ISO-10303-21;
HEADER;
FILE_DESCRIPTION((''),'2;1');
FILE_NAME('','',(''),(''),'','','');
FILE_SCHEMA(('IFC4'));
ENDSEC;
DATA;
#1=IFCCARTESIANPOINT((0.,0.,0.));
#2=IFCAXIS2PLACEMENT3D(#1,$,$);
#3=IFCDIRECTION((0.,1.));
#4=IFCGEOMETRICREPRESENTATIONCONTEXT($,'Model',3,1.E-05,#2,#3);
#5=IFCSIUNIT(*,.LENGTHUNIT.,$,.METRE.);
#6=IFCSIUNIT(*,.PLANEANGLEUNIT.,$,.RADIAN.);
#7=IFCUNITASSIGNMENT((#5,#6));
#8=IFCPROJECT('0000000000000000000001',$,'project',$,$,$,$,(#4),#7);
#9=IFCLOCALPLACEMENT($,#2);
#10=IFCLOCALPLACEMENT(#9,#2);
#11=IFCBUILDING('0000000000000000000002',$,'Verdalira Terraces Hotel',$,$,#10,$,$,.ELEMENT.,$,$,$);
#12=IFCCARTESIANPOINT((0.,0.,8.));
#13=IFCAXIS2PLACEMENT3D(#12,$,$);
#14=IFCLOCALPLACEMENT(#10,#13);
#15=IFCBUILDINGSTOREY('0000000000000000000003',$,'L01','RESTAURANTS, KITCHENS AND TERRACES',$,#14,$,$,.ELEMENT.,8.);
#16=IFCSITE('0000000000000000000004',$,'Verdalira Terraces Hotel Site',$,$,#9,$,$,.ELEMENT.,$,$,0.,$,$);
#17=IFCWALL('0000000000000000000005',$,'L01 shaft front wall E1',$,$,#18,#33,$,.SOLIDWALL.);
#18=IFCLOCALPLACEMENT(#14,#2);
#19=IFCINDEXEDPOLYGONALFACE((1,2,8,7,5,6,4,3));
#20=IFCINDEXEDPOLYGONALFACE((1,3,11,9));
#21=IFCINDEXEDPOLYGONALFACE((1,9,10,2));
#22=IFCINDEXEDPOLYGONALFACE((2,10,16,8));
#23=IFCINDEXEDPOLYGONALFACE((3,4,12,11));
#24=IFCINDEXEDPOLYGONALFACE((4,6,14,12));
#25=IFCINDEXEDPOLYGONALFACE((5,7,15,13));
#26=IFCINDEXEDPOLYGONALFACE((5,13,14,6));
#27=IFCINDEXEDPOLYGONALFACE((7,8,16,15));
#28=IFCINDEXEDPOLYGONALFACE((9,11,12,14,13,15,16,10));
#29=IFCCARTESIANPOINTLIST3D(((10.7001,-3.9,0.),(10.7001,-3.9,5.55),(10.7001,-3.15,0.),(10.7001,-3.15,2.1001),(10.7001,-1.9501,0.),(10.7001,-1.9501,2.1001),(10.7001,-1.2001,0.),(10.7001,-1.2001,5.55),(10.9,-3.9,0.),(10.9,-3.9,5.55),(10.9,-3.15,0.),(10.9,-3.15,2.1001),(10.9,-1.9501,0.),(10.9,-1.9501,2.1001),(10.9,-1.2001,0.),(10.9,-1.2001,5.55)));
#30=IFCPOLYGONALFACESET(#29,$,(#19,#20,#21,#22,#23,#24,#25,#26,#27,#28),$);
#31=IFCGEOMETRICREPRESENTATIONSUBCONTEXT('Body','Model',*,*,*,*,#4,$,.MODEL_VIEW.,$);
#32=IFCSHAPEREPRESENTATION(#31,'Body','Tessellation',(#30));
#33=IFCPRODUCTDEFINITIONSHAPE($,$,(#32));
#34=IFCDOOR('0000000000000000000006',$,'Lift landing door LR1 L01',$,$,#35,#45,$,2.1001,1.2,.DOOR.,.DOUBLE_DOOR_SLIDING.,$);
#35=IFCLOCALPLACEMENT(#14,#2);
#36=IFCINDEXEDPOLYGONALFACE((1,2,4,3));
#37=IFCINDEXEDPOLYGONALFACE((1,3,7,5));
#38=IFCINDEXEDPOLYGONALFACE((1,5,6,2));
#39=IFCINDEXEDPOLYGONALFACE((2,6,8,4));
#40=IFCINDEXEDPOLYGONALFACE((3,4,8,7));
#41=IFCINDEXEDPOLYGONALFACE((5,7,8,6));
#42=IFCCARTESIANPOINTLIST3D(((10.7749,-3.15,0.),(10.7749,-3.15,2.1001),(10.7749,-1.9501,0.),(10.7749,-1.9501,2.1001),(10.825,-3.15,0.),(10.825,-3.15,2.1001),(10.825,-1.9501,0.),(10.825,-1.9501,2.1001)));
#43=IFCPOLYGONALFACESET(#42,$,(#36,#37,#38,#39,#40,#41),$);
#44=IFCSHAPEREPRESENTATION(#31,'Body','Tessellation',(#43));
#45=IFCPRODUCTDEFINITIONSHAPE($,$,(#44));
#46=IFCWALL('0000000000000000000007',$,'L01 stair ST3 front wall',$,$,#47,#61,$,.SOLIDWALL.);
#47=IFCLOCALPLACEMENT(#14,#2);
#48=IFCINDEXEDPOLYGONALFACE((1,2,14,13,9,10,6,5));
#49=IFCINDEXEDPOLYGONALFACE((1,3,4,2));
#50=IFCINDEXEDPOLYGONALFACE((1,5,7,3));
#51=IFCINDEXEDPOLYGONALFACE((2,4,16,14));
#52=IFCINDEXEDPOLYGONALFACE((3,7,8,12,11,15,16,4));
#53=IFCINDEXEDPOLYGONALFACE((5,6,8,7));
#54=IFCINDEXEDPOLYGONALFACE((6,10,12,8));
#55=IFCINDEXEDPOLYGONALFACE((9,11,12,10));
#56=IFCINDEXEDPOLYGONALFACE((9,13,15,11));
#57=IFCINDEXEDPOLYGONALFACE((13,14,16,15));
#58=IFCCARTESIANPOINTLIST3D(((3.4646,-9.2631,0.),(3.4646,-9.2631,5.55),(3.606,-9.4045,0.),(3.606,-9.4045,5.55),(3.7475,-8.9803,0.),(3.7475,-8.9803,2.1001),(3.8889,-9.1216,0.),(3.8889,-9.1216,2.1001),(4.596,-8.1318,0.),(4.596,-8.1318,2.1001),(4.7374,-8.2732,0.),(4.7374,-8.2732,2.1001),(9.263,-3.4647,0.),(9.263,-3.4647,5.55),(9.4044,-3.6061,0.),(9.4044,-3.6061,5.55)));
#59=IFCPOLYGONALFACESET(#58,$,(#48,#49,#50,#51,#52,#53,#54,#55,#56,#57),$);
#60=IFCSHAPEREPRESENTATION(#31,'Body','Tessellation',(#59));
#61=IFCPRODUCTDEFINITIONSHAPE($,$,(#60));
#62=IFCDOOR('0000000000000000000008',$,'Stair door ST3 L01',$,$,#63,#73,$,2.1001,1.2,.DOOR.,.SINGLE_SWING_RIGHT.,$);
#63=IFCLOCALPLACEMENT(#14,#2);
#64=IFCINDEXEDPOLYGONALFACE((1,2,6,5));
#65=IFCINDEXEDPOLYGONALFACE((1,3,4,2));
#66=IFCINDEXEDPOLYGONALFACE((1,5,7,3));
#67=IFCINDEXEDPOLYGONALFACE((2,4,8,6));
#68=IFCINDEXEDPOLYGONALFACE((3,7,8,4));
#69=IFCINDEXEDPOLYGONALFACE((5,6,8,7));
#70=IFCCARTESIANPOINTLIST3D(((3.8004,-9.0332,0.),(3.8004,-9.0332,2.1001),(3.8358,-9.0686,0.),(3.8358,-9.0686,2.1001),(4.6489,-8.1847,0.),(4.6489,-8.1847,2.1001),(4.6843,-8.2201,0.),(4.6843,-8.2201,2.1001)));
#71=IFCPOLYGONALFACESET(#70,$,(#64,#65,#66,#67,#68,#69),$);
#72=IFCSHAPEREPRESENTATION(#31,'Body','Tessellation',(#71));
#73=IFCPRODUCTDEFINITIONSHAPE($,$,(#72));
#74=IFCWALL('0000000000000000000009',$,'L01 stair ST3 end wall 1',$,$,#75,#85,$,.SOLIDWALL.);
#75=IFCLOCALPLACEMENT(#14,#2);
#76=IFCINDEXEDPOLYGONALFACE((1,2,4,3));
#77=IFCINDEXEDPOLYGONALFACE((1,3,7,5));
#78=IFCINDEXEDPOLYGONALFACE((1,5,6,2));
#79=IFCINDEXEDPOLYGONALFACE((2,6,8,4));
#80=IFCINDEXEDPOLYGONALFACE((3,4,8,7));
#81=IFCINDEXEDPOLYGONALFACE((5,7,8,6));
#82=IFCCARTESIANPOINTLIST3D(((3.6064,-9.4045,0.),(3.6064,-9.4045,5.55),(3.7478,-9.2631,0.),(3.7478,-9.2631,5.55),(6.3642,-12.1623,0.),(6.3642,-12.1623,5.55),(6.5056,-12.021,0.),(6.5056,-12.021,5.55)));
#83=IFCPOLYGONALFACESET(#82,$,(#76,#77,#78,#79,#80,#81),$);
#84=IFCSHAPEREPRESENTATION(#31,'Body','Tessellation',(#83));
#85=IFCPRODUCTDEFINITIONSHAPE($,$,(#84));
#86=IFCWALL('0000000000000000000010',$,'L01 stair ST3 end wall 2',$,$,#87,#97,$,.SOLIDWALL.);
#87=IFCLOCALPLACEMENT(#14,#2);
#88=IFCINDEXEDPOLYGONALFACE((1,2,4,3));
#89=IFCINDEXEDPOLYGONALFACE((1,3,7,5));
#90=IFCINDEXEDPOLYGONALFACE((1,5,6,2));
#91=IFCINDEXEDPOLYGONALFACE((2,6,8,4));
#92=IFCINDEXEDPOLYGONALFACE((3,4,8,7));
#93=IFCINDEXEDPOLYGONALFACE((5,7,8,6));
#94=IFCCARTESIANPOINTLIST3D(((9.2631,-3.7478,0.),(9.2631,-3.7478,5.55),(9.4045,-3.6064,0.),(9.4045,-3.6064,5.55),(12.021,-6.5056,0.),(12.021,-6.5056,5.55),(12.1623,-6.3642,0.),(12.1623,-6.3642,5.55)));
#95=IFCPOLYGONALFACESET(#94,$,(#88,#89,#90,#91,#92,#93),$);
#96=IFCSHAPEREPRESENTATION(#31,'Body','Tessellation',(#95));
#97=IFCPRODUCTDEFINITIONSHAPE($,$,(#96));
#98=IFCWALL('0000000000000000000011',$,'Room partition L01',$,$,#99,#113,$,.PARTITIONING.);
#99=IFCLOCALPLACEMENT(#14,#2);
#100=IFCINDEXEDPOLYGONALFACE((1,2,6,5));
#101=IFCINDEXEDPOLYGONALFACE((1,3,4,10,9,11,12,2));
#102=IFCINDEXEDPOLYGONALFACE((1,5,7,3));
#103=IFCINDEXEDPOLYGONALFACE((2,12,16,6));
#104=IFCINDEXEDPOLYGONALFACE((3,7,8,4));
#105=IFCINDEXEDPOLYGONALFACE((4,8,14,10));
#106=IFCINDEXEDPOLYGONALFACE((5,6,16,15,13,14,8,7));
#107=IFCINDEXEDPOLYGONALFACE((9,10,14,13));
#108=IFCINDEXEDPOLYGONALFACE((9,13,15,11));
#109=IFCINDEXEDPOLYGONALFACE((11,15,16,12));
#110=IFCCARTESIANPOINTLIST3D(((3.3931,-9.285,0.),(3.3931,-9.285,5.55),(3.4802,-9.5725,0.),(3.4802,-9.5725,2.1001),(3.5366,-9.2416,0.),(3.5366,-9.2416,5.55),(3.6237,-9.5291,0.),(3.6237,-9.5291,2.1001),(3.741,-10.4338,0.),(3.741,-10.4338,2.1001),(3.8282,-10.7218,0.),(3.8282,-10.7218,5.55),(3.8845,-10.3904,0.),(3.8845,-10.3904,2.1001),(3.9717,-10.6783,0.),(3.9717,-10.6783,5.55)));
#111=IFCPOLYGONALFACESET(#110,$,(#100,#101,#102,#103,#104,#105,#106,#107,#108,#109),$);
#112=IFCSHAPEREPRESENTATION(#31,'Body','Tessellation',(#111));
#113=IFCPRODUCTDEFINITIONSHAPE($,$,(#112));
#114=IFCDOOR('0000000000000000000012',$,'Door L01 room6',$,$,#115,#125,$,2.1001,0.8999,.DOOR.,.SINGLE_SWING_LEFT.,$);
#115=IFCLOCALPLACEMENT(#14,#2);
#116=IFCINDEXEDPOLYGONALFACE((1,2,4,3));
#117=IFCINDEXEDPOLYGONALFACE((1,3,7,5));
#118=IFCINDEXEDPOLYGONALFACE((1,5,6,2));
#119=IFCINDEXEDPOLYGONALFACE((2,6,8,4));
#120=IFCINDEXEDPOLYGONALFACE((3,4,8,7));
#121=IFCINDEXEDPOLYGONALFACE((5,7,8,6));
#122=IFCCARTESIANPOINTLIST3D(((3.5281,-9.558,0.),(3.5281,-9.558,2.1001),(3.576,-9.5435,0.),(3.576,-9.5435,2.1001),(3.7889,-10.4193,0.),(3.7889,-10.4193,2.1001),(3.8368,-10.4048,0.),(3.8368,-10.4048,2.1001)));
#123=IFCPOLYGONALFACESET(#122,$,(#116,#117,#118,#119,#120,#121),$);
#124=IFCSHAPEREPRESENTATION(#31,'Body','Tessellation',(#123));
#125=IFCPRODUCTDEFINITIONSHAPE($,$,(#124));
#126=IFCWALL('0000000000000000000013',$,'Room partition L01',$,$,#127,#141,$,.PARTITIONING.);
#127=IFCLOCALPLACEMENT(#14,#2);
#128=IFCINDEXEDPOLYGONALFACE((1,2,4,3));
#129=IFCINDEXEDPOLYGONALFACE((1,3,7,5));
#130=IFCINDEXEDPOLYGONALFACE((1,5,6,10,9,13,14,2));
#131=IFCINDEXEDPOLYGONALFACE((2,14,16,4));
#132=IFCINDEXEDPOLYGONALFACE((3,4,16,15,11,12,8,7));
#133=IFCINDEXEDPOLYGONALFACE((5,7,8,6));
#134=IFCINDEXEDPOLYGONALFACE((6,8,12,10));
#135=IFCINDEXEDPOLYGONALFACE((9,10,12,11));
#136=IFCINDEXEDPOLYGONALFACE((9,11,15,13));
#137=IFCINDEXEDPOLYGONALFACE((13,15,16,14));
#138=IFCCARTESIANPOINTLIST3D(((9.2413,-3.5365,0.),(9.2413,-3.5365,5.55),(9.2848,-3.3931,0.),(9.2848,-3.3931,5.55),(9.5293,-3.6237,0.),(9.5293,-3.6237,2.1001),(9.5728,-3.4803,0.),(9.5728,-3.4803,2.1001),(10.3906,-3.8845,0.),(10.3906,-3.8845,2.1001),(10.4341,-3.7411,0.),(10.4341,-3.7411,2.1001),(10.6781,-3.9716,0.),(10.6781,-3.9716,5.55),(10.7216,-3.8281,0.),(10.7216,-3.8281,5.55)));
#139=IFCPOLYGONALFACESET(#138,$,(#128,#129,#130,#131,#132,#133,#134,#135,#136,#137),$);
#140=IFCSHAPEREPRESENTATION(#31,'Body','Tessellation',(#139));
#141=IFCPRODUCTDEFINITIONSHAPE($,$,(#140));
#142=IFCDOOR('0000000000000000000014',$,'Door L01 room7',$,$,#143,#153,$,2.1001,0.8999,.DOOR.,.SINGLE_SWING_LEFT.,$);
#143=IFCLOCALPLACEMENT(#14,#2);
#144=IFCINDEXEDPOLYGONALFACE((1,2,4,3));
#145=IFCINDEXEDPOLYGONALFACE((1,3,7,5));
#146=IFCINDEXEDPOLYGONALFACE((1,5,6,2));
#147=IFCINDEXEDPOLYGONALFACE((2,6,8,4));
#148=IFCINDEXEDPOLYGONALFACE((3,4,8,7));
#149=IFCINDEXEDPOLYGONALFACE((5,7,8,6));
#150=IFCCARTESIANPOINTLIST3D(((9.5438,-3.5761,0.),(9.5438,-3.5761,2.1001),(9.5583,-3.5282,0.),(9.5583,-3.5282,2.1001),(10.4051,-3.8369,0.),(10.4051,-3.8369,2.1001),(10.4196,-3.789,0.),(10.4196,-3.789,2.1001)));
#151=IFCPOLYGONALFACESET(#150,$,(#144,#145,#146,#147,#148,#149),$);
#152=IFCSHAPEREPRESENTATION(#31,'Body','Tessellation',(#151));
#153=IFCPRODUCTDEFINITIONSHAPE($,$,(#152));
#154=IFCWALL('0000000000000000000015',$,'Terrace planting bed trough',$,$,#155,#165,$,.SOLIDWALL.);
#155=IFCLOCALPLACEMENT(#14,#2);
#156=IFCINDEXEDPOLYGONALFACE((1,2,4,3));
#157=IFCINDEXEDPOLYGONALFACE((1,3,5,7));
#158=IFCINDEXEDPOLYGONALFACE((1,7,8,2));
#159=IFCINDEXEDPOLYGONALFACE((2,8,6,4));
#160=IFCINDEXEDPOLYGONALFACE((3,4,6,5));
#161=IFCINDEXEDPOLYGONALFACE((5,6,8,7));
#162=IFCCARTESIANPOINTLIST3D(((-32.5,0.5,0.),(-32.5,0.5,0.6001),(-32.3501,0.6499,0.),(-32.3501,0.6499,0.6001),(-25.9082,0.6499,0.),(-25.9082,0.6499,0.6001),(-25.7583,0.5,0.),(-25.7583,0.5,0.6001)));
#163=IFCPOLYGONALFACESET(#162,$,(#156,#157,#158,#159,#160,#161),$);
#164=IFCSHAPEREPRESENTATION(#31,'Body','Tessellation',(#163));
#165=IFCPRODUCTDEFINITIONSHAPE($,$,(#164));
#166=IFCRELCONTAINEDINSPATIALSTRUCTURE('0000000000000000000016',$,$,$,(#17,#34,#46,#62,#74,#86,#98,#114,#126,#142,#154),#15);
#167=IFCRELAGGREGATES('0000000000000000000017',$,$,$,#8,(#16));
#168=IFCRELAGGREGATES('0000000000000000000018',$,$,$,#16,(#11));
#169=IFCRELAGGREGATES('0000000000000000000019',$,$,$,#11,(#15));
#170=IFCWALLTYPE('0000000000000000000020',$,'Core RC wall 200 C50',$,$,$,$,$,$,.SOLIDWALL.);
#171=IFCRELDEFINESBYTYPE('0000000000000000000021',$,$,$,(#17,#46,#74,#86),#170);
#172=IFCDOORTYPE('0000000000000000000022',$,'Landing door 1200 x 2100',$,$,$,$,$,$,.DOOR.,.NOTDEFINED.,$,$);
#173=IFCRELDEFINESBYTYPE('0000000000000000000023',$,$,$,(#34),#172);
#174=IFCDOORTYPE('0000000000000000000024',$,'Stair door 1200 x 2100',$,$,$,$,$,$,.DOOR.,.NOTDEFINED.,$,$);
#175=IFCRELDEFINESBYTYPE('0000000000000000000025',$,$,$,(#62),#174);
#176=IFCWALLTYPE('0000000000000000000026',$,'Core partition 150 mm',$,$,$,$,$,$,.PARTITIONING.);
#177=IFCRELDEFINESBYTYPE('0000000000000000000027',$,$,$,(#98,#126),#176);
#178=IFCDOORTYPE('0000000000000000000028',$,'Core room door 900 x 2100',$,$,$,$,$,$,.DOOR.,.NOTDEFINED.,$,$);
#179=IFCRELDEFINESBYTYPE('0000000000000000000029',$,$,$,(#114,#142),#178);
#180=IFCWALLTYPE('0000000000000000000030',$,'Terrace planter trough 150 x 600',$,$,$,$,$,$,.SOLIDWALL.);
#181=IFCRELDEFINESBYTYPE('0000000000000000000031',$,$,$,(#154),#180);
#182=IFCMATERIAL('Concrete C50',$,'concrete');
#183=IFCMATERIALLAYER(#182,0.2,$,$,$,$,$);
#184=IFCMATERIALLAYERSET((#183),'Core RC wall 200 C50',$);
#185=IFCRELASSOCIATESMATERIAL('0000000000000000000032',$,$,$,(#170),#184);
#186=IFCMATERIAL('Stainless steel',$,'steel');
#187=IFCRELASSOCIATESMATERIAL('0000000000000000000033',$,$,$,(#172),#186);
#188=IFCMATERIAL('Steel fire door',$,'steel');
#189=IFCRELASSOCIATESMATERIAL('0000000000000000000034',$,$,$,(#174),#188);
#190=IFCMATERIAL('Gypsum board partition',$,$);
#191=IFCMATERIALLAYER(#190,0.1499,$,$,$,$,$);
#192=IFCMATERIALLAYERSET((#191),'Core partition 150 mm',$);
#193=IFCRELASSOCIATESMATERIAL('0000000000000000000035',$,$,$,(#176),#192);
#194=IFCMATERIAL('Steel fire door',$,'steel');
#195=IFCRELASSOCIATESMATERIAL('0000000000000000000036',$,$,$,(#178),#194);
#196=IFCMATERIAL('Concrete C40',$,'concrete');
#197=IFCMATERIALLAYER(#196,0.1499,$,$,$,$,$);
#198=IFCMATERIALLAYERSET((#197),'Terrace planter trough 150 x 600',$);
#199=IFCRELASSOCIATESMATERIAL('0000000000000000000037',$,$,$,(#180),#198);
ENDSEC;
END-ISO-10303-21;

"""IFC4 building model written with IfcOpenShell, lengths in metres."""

from ifc_helpers import new_model, si_unit, direction, frame, frame_2d, origin, place, context, subcontext, project, spatial, polyline, rectangle, outline, extrude, material, layer, layer_set, type_object, element, fill, save


model = new_model("IFC4")

# Units and contexts
model_context = context("Model", 3, precision=1e-05, world=origin(), true_north=direction((0.0, 1.0)))
body_context = subcontext(model_context, "Body", "Model", "MODEL_VIEW")
ifc_project = project(units=[si_unit("LENGTHUNIT", "METRE"), si_unit("PLANEANGLEUNIT", "RADIAN")], contexts=[model_context])

# Site, building, storey
site_placement = place(None, origin())
site = spatial("IfcSite", under=ifc_project, at=site_placement, Name="Verdalira Terraces Hotel Site", CompositionType="ELEMENT", RefElevation=0.0)
building_placement = place(site_placement, origin())
building = spatial("IfcBuilding", under=site, at=building_placement, Name="Verdalira Terraces Hotel", CompositionType="ELEMENT")
storey_placement = place(building_placement, frame((0.0, 0.0, 8.0)))
storey = spatial("IfcBuildingStorey", under=building, at=storey_placement, Name="L01", Description="RESTAURANTS, KITCHENS AND TERRACES", CompositionType="ELEMENT", Elevation=8.0)

# Walls, openings, doors
ifc_material_1 = material(Name="Concrete C50", Category="concrete")
ifc_layer_1 = layer(ifc_material_1, 0.2)
ifc_layer_set_1 = layer_set([ifc_layer_1], Name="Core RC wall 200 C50")
wall_type_1 = type_object("IfcWallType", Name="Core RC wall 200 C50", PredefinedType="SOLIDWALL", material=ifc_layer_set_1)
wall_1_placement = place(storey_placement, frame((10.8, -1.2, 0.0), z_axis=(0.0, 0.0, 1.0), x_axis=(0.0, -1.0, 0.0)))
wall_1 = element("IfcWall", 1, at=wall_1_placement, inside=storey, type_object=wall_type_1, Name="L01 shaft front wall E1", PredefinedType="SOLIDWALL", context=body_context, shape_type="SweptSolid", body=[
    extrude(rectangle(XDim=2.7, YDim=0.2, at=frame_2d((1.3501, 0.0))), origin(), (0.0, 0.0, 1.0), 5.55),
])
opening_1_placement = place(wall_1_placement, frame((0.75, 0.0, 0.0)))
opening_1 = element("IfcOpeningElement", 2, at=opening_1_placement, cuts=wall_1, PredefinedType="OPENING", context=body_context, shape_type="SweptSolid", body=[
    extrude(rectangle(XDim=1.2, YDim=2.1001, at=frame_2d((0.6001, 1.05))), frame((0.0, 0.1099, 0.0), z_axis=(0.0, -1.0, 0.0), x_axis=(1.0, 0.0, 0.0)), (0.0, 0.0, 1.0), 0.22),
])
ifc_material_2 = material(Name="Stainless steel", Category="steel")
door_type_1 = type_object("IfcDoorType", Name="Landing door 1200 x 2100", OperationType="NOTDEFINED", PredefinedType="DOOR", material=ifc_material_2)
door_1_placement = place(opening_1_placement, origin())
door_1 = element("IfcDoor", 3, at=door_1_placement, inside=storey, type_object=door_type_1, Name="Lift landing door LR1 L01", OperationType="DOUBLE_DOOR_SLIDING", OverallHeight=2.1001, OverallWidth=1.2, PredefinedType="DOOR", context=body_context, shape_type="SweptSolid", body=[
    extrude(rectangle(XDim=1.2, YDim=2.1001, at=frame_2d((0.6001, 1.05))), frame((0.0, 0.0249, 0.0), z_axis=(0.0, -1.0, 0.0), x_axis=(1.0, 0.0, 0.0)), (0.0, 0.0, 1.0), 0.05),
])
fill(opening_1, door_1)
wall_2_placement = place(storey_placement, frame((9.3337, -3.5354, 0.0), z_axis=(0.0, 0.0, 1.0), x_axis=(-0.707107, -0.707107, 0.0)))
wall_2 = element("IfcWall", 4, at=wall_2_placement, inside=storey, type_object=wall_type_1, Name="L01 stair ST3 front wall", PredefinedType="SOLIDWALL", context=body_context, shape_type="SweptSolid", body=[
    extrude(rectangle(XDim=8.2002, YDim=0.2, at=frame_2d((4.1001, 0.0))), origin(), (0.0, 0.0, 1.0), 5.55),
])
opening_2_placement = place(wall_2_placement, frame((6.6001, 0.0, 0.0)))
opening_2 = element("IfcOpeningElement", 5, at=opening_2_placement, cuts=wall_2, PredefinedType="OPENING", context=body_context, shape_type="SweptSolid", body=[
    extrude(rectangle(XDim=1.2, YDim=2.1001, at=frame_2d((0.6001, 1.05))), frame((0.0, 0.1099, 0.0), z_axis=(0.0, -1.0, 0.0), x_axis=(1.0, 0.0, 0.0)), (0.0, 0.0, 1.0), 0.22),
])
ifc_material_3 = material(Name="Steel fire door", Category="steel")
door_type_2 = type_object("IfcDoorType", Name="Stair door 1200 x 2100", OperationType="NOTDEFINED", PredefinedType="DOOR", material=ifc_material_3)
door_2_placement = place(opening_2_placement, origin())
door_2 = element("IfcDoor", 6, at=door_2_placement, inside=storey, type_object=door_type_2, Name="Stair door ST3 L01", OperationType="SINGLE_SWING_RIGHT", OverallHeight=2.1001, OverallWidth=1.2, PredefinedType="DOOR", context=body_context, shape_type="SweptSolid", body=[
    extrude(rectangle(XDim=1.2, YDim=2.1001, at=frame_2d((0.6001, 1.05))), frame((0.0, 0.0249, 0.0), z_axis=(0.0, -1.0, 0.0), x_axis=(1.0, 0.0, 0.0)), (0.0, 0.0, 1.0), 0.05),
])
fill(opening_2, door_2)

# Walls
for number, where, z_axis, x_axis, name in (
    (7, (3.677, -9.3337, 0.0), (0.0, 0.0, 1.0), (0.707107, -0.707107, 0.0), "L01 stair ST3 end wall 1"),
    (8, (9.3337, -3.677, 0.0), (0.0, 0.0, 1.0), (0.707107, -0.707107, 0.0), "L01 stair ST3 end wall 2"),
):
    element("IfcWall", number, at=place(storey_placement, frame(where, z_axis=z_axis, x_axis=x_axis)), inside=storey, type_object=wall_type_1, Name=name, PredefinedType="SOLIDWALL", context=body_context, shape_type="SweptSolid", body=[
        extrude(rectangle(XDim=3.9001, YDim=0.2, at=frame_2d((1.9502, 0.0))), origin(), (0.0, 0.0, 1.0), 5.55),
    ])

# Walls, openings, doors
ifc_material_4 = material(Name="Gypsum board partition")
ifc_layer_2 = layer(ifc_material_4, 0.1499)
ifc_layer_set_2 = layer_set([ifc_layer_2], Name="Core partition 150 mm")
wall_type_2 = type_object("IfcWallType", Name="Core partition 150 mm", PredefinedType="PARTITIONING", material=ifc_layer_set_2)
wall_3_placement = place(storey_placement, frame((3.8999, -10.7, 0.0), z_axis=(0.0, 0.0, 1.0), x_axis=(-0.289809, 0.957085, 0.0)))
wall_3 = element("IfcWall", 9, at=wall_3_placement, inside=storey, type_object=wall_type_2, Name="Room partition L01", PredefinedType="PARTITIONING", context=body_context, shape_type="SweptSolid", body=[
    extrude(rectangle(XDim=1.5012, YDim=0.1499, at=frame_2d((0.7505, 0.0))), origin(), (0.0, 0.0, 1.0), 5.55),
])
opening_3_placement = place(wall_3_placement, frame((0.3008, 0.0, 0.0)))
opening_3 = element("IfcOpeningElement", 10, at=opening_3_placement, cuts=wall_3, PredefinedType="OPENING", context=body_context, shape_type="SweptSolid", body=[
    extrude(rectangle(XDim=0.8999, YDim=2.1001, at=frame_2d((0.45, 1.05))), frame((0.0, 0.085, 0.0), z_axis=(0.0, -1.0, 0.0), x_axis=(1.0, 0.0, 0.0)), (0.0, 0.0, 1.0), 0.1699),
])
ifc_material_5 = material(Name="Steel fire door", Category="steel")
door_type_3 = type_object("IfcDoorType", Name="Core room door 900 x 2100", OperationType="NOTDEFINED", PredefinedType="DOOR", material=ifc_material_5)
door_3_placement = place(opening_3_placement, origin())
door_3 = element("IfcDoor", 11, at=door_3_placement, inside=storey, type_object=door_type_3, Name="Door L01 room6", OperationType="SINGLE_SWING_LEFT", OverallHeight=2.1001, OverallWidth=0.8999, PredefinedType="DOOR", context=body_context, shape_type="SweptSolid", body=[
    extrude(rectangle(XDim=0.8999, YDim=2.1001, at=frame_2d((0.45, 1.05))), frame((0.0, 0.0249, 0.0), z_axis=(0.0, -1.0, 0.0), x_axis=(1.0, 0.0, 0.0)), (0.0, 0.0, 1.0), 0.05),
])
fill(opening_3, door_3)
wall_4_placement = place(storey_placement, frame((9.2632, -3.4648, 0.0), z_axis=(0.0, 0.0, 1.0), x_axis=(0.957085, -0.289809, 0.0)))
wall_4 = element("IfcWall", 12, at=wall_4_placement, inside=storey, type_object=wall_type_2, Name="Room partition L01", PredefinedType="PARTITIONING", context=body_context, shape_type="SweptSolid", body=[
    extrude(rectangle(XDim=1.5012, YDim=0.1499, at=frame_2d((0.7505, 0.0))), origin(), (0.0, 0.0, 1.0), 5.55),
])
opening_4_placement = place(wall_4_placement, frame((0.3008, 0.0, 0.0)))
opening_4 = element("IfcOpeningElement", 13, at=opening_4_placement, cuts=wall_4, PredefinedType="OPENING", context=body_context, shape_type="SweptSolid", body=[
    extrude(rectangle(XDim=0.8999, YDim=2.1001, at=frame_2d((0.45, 1.05))), frame((0.0, 0.085, 0.0), z_axis=(0.0, -1.0, 0.0), x_axis=(1.0, 0.0, 0.0)), (0.0, 0.0, 1.0), 0.1699),
])
door_4_placement = place(opening_4_placement, origin())
door_4 = element("IfcDoor", 14, at=door_4_placement, inside=storey, type_object=door_type_3, Name="Door L01 room7", OperationType="SINGLE_SWING_LEFT", OverallHeight=2.1001, OverallWidth=0.8999, PredefinedType="DOOR", context=body_context, shape_type="SweptSolid", body=[
    extrude(rectangle(XDim=0.8999, YDim=2.1001, at=frame_2d((0.45, 1.05))), frame((0.0, 0.0249, 0.0), z_axis=(0.0, -1.0, 0.0), x_axis=(1.0, 0.0, 0.0)), (0.0, 0.0, 1.0), 0.05),
])
fill(opening_4, door_4)

# Wall
ifc_material_6 = material(Name="Concrete C40", Category="concrete")
ifc_layer_3 = layer(ifc_material_6, 0.1499)
ifc_layer_set_3 = layer_set([ifc_layer_3], Name="Terrace planter trough 150 x 600")
wall_type_3 = type_object("IfcWallType", Name="Terrace planter trough 150 x 600", PredefinedType="SOLIDWALL", material=ifc_layer_set_3)
wall_5_placement = place(storey_placement, origin())
element("IfcWall", 15, at=wall_5_placement, inside=storey, type_object=wall_type_3, Name="Terrace planting bed trough", PredefinedType="SOLIDWALL", context=body_context, shape_type="SweptSolid", body=[
    extrude(outline(polyline([(-32.5, 0.5), (-25.7583, 0.5), (-25.9082, 0.6499), (-32.3501, 0.6499), (-32.5, 0.5)])), origin(), (0.0, 0.0, 1.0), 0.6001),
])

save(model, "model.ifc")
